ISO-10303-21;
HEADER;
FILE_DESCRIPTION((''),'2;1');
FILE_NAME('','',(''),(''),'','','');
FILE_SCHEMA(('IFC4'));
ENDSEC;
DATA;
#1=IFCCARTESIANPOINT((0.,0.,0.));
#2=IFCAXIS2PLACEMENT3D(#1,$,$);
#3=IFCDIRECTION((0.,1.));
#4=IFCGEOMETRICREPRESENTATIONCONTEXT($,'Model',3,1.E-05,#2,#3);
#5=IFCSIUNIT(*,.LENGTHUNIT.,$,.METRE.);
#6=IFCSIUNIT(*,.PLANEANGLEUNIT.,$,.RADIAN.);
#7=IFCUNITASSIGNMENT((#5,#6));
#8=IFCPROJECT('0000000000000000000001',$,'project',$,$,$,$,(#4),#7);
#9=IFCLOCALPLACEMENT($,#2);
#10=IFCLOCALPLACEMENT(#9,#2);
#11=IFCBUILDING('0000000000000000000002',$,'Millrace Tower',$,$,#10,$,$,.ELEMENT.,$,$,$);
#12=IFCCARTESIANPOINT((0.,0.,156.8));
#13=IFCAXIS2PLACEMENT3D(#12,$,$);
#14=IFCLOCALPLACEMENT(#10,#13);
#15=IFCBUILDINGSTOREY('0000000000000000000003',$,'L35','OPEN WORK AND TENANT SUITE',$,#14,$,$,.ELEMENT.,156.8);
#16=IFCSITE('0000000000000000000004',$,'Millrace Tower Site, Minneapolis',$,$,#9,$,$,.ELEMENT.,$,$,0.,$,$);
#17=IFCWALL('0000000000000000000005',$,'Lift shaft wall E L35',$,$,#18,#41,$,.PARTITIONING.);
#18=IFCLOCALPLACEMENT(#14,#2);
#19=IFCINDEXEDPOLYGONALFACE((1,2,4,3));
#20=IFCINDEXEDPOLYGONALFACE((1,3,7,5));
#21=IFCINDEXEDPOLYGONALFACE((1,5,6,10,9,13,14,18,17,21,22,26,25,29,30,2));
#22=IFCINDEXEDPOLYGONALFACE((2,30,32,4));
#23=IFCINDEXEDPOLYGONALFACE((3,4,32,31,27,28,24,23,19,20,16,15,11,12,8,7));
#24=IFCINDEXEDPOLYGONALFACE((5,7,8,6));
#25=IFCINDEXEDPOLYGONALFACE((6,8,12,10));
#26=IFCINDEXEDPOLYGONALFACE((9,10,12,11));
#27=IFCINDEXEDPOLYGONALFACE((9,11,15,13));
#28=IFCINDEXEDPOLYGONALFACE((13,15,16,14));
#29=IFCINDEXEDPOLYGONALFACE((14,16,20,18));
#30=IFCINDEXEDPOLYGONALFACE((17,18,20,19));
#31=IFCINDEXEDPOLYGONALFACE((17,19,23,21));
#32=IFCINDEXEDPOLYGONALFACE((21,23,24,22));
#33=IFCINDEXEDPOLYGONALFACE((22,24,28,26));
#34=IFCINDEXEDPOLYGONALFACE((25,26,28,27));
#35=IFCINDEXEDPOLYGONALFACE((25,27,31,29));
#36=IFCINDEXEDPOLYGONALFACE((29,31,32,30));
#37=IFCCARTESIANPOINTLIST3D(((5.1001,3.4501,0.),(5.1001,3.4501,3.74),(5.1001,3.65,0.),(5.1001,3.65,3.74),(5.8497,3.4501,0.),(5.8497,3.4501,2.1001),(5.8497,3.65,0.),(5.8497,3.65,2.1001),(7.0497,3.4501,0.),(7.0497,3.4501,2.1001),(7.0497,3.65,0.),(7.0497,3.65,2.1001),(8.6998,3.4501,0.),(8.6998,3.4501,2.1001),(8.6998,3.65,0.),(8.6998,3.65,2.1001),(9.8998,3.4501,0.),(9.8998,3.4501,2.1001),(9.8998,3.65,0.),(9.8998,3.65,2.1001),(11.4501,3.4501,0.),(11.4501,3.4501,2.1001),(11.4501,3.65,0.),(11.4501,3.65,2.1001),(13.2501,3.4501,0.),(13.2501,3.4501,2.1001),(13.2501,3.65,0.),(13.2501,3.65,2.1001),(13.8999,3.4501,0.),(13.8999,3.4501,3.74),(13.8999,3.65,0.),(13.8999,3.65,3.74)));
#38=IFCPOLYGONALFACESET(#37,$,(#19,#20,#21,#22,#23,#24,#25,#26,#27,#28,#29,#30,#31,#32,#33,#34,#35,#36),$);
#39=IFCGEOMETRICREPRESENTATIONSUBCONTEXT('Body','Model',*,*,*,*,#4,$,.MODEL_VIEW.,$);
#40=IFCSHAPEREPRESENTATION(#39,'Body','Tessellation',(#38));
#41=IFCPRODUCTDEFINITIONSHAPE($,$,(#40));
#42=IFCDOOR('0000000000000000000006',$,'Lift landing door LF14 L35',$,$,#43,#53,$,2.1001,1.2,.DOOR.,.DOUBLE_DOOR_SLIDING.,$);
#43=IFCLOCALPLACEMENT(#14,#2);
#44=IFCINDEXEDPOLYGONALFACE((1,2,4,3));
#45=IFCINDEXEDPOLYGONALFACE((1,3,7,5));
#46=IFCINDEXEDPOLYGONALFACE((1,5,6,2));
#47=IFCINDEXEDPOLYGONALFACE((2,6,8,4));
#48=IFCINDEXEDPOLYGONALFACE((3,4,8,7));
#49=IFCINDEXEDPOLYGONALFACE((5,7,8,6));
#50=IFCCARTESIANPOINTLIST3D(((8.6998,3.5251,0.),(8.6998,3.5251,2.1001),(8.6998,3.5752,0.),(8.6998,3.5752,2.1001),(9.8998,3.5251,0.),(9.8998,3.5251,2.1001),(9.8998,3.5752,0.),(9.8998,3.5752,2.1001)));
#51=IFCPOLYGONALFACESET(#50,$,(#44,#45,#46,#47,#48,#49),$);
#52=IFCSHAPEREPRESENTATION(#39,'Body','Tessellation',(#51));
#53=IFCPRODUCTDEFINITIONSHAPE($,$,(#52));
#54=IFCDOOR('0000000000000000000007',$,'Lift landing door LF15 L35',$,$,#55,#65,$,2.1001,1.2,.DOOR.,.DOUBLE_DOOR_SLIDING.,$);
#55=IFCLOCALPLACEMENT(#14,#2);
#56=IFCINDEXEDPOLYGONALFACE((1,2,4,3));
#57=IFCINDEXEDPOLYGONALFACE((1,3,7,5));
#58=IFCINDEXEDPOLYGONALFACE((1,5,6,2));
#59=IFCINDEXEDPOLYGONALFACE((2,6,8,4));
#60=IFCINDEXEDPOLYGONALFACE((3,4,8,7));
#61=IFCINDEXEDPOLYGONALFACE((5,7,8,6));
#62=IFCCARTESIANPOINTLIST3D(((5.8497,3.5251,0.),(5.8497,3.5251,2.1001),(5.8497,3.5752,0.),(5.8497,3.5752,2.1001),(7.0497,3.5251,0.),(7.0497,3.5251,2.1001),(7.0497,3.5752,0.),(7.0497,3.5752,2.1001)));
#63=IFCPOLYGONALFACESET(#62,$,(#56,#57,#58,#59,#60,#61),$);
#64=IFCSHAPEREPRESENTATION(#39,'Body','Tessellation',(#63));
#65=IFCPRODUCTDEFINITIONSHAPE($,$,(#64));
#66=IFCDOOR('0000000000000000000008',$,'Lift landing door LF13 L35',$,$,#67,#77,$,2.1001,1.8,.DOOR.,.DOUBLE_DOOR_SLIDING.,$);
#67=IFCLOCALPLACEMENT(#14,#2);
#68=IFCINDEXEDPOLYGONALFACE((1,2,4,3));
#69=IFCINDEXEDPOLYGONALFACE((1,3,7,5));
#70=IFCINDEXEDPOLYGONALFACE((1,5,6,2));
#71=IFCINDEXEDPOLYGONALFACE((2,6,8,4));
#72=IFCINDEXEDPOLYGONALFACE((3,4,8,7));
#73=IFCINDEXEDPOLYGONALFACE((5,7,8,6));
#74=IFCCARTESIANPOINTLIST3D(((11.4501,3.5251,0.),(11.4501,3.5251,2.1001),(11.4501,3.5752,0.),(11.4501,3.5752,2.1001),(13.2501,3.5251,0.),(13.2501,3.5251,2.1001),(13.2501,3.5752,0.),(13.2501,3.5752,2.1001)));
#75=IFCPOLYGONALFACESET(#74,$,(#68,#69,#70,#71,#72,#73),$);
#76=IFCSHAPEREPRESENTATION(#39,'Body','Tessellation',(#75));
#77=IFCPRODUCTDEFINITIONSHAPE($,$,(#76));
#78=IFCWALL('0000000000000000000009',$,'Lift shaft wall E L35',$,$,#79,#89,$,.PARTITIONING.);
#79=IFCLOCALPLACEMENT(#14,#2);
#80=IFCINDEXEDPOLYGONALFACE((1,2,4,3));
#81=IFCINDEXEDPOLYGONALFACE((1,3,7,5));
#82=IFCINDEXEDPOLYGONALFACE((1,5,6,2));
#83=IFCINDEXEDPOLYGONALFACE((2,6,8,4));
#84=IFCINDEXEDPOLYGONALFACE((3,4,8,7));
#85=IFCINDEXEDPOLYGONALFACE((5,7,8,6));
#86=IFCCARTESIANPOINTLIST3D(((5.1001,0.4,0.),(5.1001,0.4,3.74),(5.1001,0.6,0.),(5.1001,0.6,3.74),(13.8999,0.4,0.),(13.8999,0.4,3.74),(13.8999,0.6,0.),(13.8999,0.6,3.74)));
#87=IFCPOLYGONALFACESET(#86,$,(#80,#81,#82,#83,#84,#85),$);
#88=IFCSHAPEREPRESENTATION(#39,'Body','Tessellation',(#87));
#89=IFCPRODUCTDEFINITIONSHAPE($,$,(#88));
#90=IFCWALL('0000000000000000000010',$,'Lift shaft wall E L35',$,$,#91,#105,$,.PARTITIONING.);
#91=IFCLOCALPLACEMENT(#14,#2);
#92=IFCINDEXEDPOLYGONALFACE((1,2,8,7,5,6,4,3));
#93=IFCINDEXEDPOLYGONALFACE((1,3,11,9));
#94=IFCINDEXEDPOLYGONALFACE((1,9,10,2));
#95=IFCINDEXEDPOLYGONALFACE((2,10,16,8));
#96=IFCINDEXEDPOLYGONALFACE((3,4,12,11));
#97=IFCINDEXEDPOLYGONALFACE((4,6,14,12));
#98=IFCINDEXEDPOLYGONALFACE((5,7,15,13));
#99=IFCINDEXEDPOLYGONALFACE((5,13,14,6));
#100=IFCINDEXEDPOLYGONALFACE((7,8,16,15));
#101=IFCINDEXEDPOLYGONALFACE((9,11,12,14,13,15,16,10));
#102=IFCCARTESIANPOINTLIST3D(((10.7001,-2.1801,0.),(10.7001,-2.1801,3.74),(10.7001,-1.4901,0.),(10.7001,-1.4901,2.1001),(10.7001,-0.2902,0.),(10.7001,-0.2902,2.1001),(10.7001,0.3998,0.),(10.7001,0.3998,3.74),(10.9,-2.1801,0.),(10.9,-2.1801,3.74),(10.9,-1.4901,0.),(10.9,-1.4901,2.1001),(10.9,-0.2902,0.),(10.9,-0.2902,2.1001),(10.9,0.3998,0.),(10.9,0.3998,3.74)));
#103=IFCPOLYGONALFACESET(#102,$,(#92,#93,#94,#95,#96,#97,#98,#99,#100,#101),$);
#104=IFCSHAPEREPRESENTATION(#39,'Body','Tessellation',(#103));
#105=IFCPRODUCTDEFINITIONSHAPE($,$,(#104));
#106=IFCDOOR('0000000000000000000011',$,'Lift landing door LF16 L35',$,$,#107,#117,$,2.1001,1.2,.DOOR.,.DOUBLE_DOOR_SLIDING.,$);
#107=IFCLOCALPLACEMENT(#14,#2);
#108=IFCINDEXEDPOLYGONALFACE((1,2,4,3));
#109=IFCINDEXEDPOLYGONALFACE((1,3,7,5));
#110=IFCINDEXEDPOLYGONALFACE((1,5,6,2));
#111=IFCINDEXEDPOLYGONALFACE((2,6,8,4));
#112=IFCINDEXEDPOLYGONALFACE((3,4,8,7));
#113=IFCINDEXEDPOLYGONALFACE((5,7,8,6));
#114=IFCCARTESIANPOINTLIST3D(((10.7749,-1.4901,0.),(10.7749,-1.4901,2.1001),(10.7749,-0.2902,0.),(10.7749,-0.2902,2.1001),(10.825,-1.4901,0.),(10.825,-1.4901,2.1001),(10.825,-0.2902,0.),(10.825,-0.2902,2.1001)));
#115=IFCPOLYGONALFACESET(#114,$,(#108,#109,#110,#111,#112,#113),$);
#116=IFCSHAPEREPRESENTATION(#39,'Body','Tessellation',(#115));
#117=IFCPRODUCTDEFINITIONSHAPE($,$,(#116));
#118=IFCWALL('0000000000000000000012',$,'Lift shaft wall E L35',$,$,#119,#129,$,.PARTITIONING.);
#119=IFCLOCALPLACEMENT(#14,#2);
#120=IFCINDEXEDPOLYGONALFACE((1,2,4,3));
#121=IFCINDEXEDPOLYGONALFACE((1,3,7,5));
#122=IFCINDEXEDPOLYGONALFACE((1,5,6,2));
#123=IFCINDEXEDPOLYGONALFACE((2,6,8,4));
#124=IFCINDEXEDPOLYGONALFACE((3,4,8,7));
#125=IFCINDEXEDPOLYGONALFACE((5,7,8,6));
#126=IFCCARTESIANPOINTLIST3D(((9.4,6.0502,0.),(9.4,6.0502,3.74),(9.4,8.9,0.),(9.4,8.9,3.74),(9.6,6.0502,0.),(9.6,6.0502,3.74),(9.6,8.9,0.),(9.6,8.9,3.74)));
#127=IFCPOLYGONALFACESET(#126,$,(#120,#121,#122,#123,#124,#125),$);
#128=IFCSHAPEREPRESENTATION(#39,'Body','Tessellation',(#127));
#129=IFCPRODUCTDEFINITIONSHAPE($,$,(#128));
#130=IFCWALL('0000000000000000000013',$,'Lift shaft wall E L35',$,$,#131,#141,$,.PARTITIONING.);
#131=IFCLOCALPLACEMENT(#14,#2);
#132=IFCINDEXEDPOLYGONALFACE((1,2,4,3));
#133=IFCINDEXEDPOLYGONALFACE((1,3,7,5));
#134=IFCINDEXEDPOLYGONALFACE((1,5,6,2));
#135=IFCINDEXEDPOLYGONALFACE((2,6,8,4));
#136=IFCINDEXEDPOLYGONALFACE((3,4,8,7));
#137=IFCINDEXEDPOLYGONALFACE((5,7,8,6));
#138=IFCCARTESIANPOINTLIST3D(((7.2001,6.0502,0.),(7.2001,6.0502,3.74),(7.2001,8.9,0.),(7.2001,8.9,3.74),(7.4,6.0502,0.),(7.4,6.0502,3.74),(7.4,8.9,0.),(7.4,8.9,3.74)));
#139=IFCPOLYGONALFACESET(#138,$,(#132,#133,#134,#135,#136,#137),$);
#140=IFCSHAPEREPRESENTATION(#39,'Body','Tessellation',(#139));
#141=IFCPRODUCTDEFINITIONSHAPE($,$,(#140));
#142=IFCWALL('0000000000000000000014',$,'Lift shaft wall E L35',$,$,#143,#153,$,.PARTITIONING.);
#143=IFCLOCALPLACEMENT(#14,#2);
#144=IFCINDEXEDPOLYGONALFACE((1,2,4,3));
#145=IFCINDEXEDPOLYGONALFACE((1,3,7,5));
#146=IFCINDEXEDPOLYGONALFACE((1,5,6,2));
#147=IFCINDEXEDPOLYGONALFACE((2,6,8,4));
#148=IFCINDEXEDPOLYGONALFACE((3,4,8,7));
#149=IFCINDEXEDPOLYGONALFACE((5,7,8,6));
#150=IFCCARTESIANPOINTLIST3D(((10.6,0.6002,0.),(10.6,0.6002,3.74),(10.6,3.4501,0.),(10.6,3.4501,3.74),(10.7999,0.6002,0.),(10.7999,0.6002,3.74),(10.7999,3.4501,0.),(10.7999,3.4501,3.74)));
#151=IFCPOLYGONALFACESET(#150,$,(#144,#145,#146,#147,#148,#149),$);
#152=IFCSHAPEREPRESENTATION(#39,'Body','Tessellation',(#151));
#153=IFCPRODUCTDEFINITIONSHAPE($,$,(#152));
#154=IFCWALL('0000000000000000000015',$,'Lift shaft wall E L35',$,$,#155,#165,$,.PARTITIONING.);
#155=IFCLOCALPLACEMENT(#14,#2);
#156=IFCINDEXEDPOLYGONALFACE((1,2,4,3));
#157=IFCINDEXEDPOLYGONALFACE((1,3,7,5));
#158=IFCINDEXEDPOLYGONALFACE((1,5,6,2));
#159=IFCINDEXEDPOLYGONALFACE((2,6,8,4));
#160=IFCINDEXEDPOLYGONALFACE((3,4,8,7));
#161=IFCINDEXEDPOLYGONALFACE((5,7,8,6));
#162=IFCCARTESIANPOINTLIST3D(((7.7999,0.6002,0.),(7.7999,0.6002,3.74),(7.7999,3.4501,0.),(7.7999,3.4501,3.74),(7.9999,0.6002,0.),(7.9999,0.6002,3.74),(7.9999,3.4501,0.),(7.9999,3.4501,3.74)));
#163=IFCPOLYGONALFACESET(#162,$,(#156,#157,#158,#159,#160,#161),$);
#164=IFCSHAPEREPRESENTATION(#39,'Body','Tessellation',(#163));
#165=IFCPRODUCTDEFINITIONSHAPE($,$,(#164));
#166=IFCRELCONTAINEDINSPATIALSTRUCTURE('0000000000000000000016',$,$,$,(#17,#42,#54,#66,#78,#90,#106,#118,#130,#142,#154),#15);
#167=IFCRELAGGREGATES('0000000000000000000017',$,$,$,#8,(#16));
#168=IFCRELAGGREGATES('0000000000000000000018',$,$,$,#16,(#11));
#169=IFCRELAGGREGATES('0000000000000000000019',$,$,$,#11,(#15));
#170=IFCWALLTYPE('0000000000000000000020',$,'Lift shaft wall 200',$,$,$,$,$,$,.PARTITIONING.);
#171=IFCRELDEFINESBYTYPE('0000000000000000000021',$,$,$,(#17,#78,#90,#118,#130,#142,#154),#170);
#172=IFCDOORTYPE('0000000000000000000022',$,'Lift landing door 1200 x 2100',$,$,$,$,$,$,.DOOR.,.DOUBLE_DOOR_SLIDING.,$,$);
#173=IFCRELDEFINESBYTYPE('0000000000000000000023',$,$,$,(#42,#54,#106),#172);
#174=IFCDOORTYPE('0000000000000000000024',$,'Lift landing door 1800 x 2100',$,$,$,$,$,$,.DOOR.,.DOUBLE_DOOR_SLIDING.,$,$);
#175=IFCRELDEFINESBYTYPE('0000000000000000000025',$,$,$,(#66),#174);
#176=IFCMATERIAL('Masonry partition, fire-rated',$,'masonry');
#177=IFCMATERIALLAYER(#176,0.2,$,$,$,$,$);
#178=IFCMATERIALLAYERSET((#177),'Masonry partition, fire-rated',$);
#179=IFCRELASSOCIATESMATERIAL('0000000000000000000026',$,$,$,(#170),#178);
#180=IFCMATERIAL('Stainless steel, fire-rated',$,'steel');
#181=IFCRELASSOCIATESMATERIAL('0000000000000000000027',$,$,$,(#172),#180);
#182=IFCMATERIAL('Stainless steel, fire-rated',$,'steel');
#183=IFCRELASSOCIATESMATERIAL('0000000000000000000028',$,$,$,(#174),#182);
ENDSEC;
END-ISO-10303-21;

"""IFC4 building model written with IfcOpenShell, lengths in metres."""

from ifc_helpers import new_model, si_unit, direction, frame, frame_2d, origin, place, context, subcontext, project, spatial, rectangle, extrude, material, layer, layer_set, type_object, element, fill, save


model = new_model("IFC4")

# Units and contexts
model_context = context("Model", 3, precision=1e-05, world=origin(), true_north=direction((0.0, 1.0)))
body_context = subcontext(model_context, "Body", "Model", "MODEL_VIEW")
ifc_project = project(units=[si_unit("LENGTHUNIT", "METRE"), si_unit("PLANEANGLEUNIT", "RADIAN")], contexts=[model_context])

# Site, building, storey
site_placement = place(None, origin())
site = spatial("IfcSite", under=ifc_project, at=site_placement, Name="Millrace Tower Site, Minneapolis", CompositionType="ELEMENT", RefElevation=0.0)
building_placement = place(site_placement, origin())
building = spatial("IfcBuilding", under=site, at=building_placement, Name="Millrace Tower", CompositionType="ELEMENT")
storey_placement = place(building_placement, frame((0.0, 0.0, 156.8)))
storey = spatial("IfcBuildingStorey", under=building, at=storey_placement, Name="L35", Description="OPEN WORK AND TENANT SUITE", CompositionType="ELEMENT", Elevation=156.8)

# Shared definitions
ifc_material_1 = material(Name="Masonry partition, fire-rated", Category="masonry")
ifc_layer_1 = layer(ifc_material_1, 0.2)
ifc_layer_set_1 = layer_set([ifc_layer_1], Name="Masonry partition, fire-rated")
wall_type_1 = type_object("IfcWallType", Name="Lift shaft wall 200", PredefinedType="PARTITIONING", material=ifc_layer_set_1)

# Wall, openings, doors
wall_1_placement = place(storey_placement, frame((13.8999, 3.55, 0.0), z_axis=(0.0, 0.0, 1.0), x_axis=(-1.0, 0.0, 0.0)))
wall_1 = element("IfcWall", 1, at=wall_1_placement, inside=storey, type_object=wall_type_1, Name="Lift shaft wall E L35", PredefinedType="PARTITIONING", context=body_context, shape_type="SweptSolid", body=[
    extrude(rectangle(XDim=8.7998, YDim=0.2, at=frame_2d((4.3999, 0.0))), origin(), (0.0, 0.0, 1.0), 3.74),
])
opening_1_placement = place(wall_1_placement, frame((0.6499, 0.0, 0.0)))
opening_1 = element("IfcOpeningElement", 2, at=opening_1_placement, cuts=wall_1, PredefinedType="OPENING", context=body_context, shape_type="SweptSolid", body=[
    extrude(rectangle(XDim=1.8, YDim=2.1001, at=frame_2d((0.8999, 1.05))), frame((0.0, 0.1099, 0.0), z_axis=(0.0, -1.0, 0.0), x_axis=(1.0, 0.0, 0.0)), (0.0, 0.0, 1.0), 0.22),
])
opening_2_placement = place(wall_1_placement, frame((4.0, 0.0, 0.0)))
opening_2 = element("IfcOpeningElement", 3, at=opening_2_placement, cuts=wall_1, PredefinedType="OPENING", context=body_context, shape_type="SweptSolid", body=[
    extrude(rectangle(XDim=1.2, YDim=2.1001, at=frame_2d((0.6001, 1.05))), frame((0.0, 0.1099, 0.0), z_axis=(0.0, -1.0, 0.0), x_axis=(1.0, 0.0, 0.0)), (0.0, 0.0, 1.0), 0.22),
])
opening_3_placement = place(wall_1_placement, frame((6.8501, 0.0, 0.0)))
opening_3 = element("IfcOpeningElement", 4, at=opening_3_placement, cuts=wall_1, PredefinedType="OPENING", context=body_context, shape_type="SweptSolid", body=[
    extrude(rectangle(XDim=1.2, YDim=2.1001, at=frame_2d((0.6001, 1.05))), frame((0.0, 0.1099, 0.0), z_axis=(0.0, -1.0, 0.0), x_axis=(1.0, 0.0, 0.0)), (0.0, 0.0, 1.0), 0.22),
])
ifc_material_2 = material(Name="Stainless steel, fire-rated", Category="steel")
door_type_1 = type_object("IfcDoorType", Name="Lift landing door 1200 x 2100", OperationType="DOUBLE_DOOR_SLIDING", PredefinedType="DOOR", material=ifc_material_2)
door_1_placement = place(opening_2_placement, origin())
door_1 = element("IfcDoor", 5, at=door_1_placement, inside=storey, type_object=door_type_1, Name="Lift landing door LF14 L35", OperationType="DOUBLE_DOOR_SLIDING", OverallHeight=2.1001, OverallWidth=1.2, PredefinedType="DOOR", context=body_context, shape_type="SweptSolid", body=[
    extrude(rectangle(XDim=1.2, YDim=2.1001, at=frame_2d((0.6001, 1.05))), frame((0.0, 0.0249, 0.0), z_axis=(0.0, -1.0, 0.0), x_axis=(1.0, 0.0, 0.0)), (0.0, 0.0, 1.0), 0.05),
])
fill(opening_2, door_1)
door_2_placement = place(opening_3_placement, origin())
door_2 = element("IfcDoor", 6, at=door_2_placement, inside=storey, type_object=door_type_1, Name="Lift landing door LF15 L35", OperationType="DOUBLE_DOOR_SLIDING", OverallHeight=2.1001, OverallWidth=1.2, PredefinedType="DOOR", context=body_context, shape_type="SweptSolid", body=[
    extrude(rectangle(XDim=1.2, YDim=2.1001, at=frame_2d((0.6001, 1.05))), frame((0.0, 0.0249, 0.0), z_axis=(0.0, -1.0, 0.0), x_axis=(1.0, 0.0, 0.0)), (0.0, 0.0, 1.0), 0.05),
])
fill(opening_3, door_2)
ifc_material_3 = material(Name="Stainless steel, fire-rated", Category="steel")
door_type_2 = type_object("IfcDoorType", Name="Lift landing door 1800 x 2100", OperationType="DOUBLE_DOOR_SLIDING", PredefinedType="DOOR", material=ifc_material_3)
door_3_placement = place(opening_1_placement, origin())
door_3 = element("IfcDoor", 7, at=door_3_placement, inside=storey, type_object=door_type_2, Name="Lift landing door LF13 L35", OperationType="DOUBLE_DOOR_SLIDING", OverallHeight=2.1001, OverallWidth=1.8, PredefinedType="DOOR", context=body_context, shape_type="SweptSolid", body=[
    extrude(rectangle(XDim=1.8, YDim=2.1001, at=frame_2d((0.8999, 1.05))), frame((0.0, 0.0249, 0.0), z_axis=(0.0, -1.0, 0.0), x_axis=(1.0, 0.0, 0.0)), (0.0, 0.0, 1.0), 0.05),
])
fill(opening_1, door_3)

# Wall
wall_2_placement = place(storey_placement, frame((13.8999, 0.5, 0.0), z_axis=(0.0, 0.0, 1.0), x_axis=(-1.0, 0.0, 0.0)))
element("IfcWall", 8, at=wall_2_placement, inside=storey, type_object=wall_type_1, Name="Lift shaft wall E L35", PredefinedType="PARTITIONING", context=body_context, shape_type="SweptSolid", body=[
    extrude(rectangle(XDim=8.7998, YDim=0.2, at=frame_2d((4.3999, 0.0))), origin(), (0.0, 0.0, 1.0), 3.74),
])

# Wall, opening, door
wall_3_placement = place(storey_placement, frame((10.8, 0.3999, 0.0), z_axis=(0.0, 0.0, 1.0), x_axis=(0.0, -1.0, 0.0)))
wall_3 = element("IfcWall", 9, at=wall_3_placement, inside=storey, type_object=wall_type_1, Name="Lift shaft wall E L35", PredefinedType="PARTITIONING", context=body_context, shape_type="SweptSolid", body=[
    extrude(rectangle(XDim=2.5798, YDim=0.2, at=frame_2d((1.29, 0.0))), origin(), (0.0, 0.0, 1.0), 3.74),
])
opening_4_placement = place(wall_3_placement, frame((0.6899, 0.0, 0.0)))
opening_4 = element("IfcOpeningElement", 10, at=opening_4_placement, cuts=wall_3, PredefinedType="OPENING", context=body_context, shape_type="SweptSolid", body=[
    extrude(rectangle(XDim=1.2, YDim=2.1001, at=frame_2d((0.6001, 1.05))), frame((0.0, 0.1099, 0.0), z_axis=(0.0, -1.0, 0.0), x_axis=(1.0, 0.0, 0.0)), (0.0, 0.0, 1.0), 0.22),
])
door_4_placement = place(opening_4_placement, origin())
door_4 = element("IfcDoor", 11, at=door_4_placement, inside=storey, type_object=door_type_1, Name="Lift landing door LF16 L35", OperationType="DOUBLE_DOOR_SLIDING", OverallHeight=2.1001, OverallWidth=1.2, PredefinedType="DOOR", context=body_context, shape_type="SweptSolid", body=[
    extrude(rectangle(XDim=1.2, YDim=2.1001, at=frame_2d((0.6001, 1.05))), frame((0.0, 0.0249, 0.0), z_axis=(0.0, -1.0, 0.0), x_axis=(1.0, 0.0, 0.0)), (0.0, 0.0, 1.0), 0.05),
])
fill(opening_4, door_4)

# Walls
for number, where, z_axis, x_axis, name in (
    (12, (9.5, 8.8999, 0.0), (0.0, 0.0, 1.0), (0.0, -1.0, 0.0), "Lift shaft wall E L35"),
    (13, (7.3, 8.8999, 0.0), (0.0, 0.0, 1.0), (0.0, -1.0, 0.0), "Lift shaft wall E L35"),
    (14, (10.7, 3.45, 0.0), (0.0, 0.0, 1.0), (0.0, -1.0, 0.0), "Lift shaft wall E L35"),
    (15, (7.8999, 3.45, 0.0), (0.0, 0.0, 1.0), (0.0, -1.0, 0.0), "Lift shaft wall E L35"),
):
    element("IfcWall", number, at=place(storey_placement, frame(where, z_axis=z_axis, x_axis=x_axis)), inside=storey, type_object=wall_type_1, Name=name, PredefinedType="PARTITIONING", context=body_context, shape_type="SweptSolid", body=[
        extrude(rectangle(XDim=2.8499, YDim=0.2, at=frame_2d((1.4248, 0.0))), origin(), (0.0, 0.0, 1.0), 3.74),
    ])

save(model, "model.ifc")
